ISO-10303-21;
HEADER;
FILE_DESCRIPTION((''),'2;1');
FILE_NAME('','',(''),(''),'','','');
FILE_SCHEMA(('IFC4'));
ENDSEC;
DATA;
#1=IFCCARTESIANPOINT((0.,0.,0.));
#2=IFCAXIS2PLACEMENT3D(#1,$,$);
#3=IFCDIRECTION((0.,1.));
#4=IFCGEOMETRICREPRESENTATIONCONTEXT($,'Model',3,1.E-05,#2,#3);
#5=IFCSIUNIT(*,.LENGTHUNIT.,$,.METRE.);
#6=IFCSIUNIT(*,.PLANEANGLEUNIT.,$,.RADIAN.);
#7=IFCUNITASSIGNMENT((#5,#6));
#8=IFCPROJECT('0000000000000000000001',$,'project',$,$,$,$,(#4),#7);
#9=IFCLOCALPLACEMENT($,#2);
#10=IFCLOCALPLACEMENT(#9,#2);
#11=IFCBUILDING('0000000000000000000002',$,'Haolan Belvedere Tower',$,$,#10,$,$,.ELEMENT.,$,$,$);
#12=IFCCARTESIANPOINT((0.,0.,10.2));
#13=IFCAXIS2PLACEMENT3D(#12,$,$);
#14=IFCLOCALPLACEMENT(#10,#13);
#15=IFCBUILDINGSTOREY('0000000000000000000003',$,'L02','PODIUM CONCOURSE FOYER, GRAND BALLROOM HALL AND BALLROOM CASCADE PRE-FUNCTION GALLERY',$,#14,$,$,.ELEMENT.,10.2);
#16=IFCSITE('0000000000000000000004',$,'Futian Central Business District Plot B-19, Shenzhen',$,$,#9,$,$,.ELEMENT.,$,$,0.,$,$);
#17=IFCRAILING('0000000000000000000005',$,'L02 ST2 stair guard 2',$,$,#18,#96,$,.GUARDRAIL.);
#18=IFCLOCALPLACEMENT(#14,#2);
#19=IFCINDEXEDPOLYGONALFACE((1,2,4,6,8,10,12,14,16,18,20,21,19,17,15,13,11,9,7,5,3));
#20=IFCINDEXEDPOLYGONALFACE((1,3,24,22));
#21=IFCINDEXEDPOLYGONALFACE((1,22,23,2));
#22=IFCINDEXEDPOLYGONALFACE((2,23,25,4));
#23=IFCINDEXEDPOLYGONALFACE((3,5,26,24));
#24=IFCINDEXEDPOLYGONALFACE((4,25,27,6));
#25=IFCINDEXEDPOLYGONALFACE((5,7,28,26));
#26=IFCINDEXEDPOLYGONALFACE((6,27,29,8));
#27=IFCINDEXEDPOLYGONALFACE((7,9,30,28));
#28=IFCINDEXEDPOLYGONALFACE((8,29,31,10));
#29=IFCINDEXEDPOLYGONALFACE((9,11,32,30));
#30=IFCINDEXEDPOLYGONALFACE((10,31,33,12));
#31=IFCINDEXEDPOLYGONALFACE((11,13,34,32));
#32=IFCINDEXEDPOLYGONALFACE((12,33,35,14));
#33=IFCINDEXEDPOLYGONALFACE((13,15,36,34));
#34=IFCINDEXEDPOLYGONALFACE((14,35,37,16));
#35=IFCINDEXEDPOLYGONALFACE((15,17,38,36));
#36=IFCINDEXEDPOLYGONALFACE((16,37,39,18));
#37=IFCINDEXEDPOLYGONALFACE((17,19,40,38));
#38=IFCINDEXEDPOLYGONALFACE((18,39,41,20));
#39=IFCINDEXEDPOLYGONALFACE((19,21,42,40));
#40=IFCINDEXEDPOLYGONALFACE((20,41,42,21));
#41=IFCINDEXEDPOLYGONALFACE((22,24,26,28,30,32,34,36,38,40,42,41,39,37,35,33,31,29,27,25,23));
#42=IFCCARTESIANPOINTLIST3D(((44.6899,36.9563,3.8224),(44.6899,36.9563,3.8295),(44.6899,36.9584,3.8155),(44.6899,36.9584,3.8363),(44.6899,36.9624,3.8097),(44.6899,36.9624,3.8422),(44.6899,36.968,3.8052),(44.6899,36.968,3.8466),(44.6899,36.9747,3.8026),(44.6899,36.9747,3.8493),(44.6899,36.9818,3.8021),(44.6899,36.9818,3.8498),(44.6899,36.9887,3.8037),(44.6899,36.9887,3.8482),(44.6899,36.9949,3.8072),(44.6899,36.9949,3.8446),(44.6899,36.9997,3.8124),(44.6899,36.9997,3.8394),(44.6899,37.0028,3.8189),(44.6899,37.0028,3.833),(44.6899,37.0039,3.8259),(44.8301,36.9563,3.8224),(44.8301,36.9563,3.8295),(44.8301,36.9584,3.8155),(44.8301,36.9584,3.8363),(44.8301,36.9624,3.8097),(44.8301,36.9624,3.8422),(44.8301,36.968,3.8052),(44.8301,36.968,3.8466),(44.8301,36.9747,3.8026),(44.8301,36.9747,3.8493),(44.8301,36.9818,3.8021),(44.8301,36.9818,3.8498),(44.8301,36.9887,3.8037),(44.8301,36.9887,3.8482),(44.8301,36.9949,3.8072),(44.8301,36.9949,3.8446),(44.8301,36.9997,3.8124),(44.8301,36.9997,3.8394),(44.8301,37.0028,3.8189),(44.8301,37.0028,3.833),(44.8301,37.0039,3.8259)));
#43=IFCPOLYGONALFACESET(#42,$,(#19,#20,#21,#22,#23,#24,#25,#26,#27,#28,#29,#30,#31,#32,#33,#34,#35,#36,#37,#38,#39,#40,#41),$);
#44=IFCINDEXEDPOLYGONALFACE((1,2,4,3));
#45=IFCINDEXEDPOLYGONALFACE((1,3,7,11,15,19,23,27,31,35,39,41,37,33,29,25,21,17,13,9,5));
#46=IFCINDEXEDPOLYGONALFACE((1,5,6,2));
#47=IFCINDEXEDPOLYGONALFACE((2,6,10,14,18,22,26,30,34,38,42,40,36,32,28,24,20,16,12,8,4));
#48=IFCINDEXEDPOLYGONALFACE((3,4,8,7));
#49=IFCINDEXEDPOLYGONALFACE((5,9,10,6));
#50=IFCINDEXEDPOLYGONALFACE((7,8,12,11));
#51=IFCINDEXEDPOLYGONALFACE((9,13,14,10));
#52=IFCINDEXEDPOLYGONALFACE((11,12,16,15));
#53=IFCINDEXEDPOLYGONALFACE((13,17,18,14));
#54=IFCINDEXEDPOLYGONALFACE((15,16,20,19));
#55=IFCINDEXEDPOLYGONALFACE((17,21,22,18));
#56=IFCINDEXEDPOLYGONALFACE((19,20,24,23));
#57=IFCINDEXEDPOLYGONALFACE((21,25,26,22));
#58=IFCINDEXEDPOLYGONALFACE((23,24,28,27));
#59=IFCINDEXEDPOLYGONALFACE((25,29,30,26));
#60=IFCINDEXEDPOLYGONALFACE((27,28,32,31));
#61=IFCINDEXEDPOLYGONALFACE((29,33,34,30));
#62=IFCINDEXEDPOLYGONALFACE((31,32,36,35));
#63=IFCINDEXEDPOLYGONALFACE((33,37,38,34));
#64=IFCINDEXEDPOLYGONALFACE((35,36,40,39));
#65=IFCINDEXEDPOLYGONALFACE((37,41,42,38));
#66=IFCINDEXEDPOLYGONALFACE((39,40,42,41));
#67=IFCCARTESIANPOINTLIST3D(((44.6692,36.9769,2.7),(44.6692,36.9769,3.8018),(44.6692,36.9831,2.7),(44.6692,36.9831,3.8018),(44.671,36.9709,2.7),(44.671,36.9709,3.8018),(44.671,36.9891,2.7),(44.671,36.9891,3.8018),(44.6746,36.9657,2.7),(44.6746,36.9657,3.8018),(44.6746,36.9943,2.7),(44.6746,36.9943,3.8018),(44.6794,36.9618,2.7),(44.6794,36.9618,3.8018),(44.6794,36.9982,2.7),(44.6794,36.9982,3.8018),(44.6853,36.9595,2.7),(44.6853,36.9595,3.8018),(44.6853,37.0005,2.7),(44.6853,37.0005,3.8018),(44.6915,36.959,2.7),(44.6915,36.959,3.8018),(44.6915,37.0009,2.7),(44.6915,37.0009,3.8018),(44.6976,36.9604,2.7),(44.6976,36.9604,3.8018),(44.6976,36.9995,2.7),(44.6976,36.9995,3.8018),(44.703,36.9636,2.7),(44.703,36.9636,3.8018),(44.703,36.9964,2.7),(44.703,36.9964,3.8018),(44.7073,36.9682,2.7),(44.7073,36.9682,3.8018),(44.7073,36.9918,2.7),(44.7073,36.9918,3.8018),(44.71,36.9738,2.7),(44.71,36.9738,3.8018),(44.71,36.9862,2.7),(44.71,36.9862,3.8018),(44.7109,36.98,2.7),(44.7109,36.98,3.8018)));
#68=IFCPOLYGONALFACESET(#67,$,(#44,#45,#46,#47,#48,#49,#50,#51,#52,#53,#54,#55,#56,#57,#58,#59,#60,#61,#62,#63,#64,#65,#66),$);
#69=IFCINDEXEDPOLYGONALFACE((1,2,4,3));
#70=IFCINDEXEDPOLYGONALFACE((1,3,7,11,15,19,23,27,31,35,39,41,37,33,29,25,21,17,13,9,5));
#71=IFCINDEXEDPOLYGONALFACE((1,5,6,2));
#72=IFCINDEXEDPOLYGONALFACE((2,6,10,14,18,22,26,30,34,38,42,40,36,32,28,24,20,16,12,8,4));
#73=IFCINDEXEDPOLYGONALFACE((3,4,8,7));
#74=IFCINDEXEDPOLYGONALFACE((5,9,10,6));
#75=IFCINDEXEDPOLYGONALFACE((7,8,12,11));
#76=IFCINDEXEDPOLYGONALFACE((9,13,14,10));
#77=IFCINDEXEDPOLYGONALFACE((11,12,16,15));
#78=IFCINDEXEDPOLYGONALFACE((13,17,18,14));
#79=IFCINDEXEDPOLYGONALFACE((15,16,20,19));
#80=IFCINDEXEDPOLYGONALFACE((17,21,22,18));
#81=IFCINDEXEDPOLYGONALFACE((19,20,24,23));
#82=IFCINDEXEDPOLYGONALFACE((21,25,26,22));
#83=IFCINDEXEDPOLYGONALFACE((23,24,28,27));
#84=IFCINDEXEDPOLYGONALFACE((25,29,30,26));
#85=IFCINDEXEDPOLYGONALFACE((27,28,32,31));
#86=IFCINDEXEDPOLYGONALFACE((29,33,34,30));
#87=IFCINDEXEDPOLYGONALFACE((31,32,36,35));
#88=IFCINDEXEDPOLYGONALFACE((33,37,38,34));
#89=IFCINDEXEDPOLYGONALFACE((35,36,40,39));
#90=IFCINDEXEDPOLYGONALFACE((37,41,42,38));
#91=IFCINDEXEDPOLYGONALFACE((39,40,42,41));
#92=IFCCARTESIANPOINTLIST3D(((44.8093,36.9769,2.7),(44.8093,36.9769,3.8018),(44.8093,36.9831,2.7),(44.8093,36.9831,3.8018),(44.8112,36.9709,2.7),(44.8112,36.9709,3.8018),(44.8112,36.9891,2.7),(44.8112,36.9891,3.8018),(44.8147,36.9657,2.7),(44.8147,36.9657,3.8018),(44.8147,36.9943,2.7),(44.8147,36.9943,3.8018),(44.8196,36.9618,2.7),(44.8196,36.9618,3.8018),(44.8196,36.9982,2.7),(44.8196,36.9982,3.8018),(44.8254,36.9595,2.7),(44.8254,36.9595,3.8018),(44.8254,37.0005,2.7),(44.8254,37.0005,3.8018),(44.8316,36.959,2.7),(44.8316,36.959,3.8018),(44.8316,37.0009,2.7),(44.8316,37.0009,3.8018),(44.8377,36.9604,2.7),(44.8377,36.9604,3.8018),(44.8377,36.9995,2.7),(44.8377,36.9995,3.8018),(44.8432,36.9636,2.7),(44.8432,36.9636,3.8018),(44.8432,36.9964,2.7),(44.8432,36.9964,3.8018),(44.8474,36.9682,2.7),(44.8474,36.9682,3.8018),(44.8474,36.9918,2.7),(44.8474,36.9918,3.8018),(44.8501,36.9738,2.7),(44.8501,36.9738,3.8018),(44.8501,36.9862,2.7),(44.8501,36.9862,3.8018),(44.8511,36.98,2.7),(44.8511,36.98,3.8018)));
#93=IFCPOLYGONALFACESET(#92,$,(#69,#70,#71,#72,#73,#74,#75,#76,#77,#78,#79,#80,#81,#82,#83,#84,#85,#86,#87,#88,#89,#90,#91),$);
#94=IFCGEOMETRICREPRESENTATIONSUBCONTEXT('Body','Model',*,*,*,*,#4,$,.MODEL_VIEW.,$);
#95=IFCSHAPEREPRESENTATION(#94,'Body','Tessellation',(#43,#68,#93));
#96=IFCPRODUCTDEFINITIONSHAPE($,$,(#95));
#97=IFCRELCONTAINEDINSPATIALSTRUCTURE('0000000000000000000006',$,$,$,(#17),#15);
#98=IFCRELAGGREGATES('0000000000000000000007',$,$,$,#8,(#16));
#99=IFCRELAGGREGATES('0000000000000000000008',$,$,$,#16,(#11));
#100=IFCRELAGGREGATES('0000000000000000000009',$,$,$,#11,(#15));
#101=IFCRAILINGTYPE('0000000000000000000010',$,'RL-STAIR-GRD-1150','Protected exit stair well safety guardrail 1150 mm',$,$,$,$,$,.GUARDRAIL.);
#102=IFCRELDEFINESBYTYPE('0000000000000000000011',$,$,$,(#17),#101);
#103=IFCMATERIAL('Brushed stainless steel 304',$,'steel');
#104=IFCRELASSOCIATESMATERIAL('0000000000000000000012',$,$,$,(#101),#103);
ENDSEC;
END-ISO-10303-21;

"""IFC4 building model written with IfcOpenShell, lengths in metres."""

from ifc_helpers import new_model, si_unit, direction, frame, origin, origin_2d, place, context, subcontext, project, spatial, circle, extrude, material, type_object, element, save


model = new_model("IFC4")

# Units and contexts
model_context = context("Model", 3, precision=1e-05, world=origin(), true_north=direction((0.0, 1.0)))
body_context = subcontext(model_context, "Body", "Model", "MODEL_VIEW")
ifc_project = project(units=[si_unit("LENGTHUNIT", "METRE"), si_unit("PLANEANGLEUNIT", "RADIAN")], contexts=[model_context])

# Site, building, storey
site_placement = place(None, origin())
site = spatial("IfcSite", under=ifc_project, at=site_placement, Name="Futian Central Business District Plot B-19, Shenzhen", CompositionType="ELEMENT", RefElevation=0.0)
building_placement = place(site_placement, origin())
building = spatial("IfcBuilding", under=site, at=building_placement, Name="Haolan Belvedere Tower", CompositionType="ELEMENT")
storey_placement = place(building_placement, frame((0.0, 0.0, 10.2)))
storey = spatial("IfcBuildingStorey", under=building, at=storey_placement, Name="L02", Description="PODIUM CONCOURSE FOYER, GRAND BALLROOM HALL AND BALLROOM CASCADE PRE-FUNCTION GALLERY", CompositionType="ELEMENT", Elevation=10.2)

# Railing
ifc_material_1 = material(Name="Brushed stainless steel 304", Category="steel")
railing_type_1 = type_object("IfcRailingType", Name="RL-STAIR-GRD-1150", Description="Protected exit stair well safety guardrail 1150 mm", PredefinedType="GUARDRAIL", material=ifc_material_1)
railing_1_placement = place(storey_placement, frame((44.6899, 36.98, 2.7)))
element("IfcRailing", 1, at=railing_1_placement, inside=storey, type_object=railing_type_1, Name="L02 ST2 stair guard 2", PredefinedType="GUARDRAIL", context=body_context, shape_type="SweptSolid", body=[
    extrude(circle(Radius=0.0239, at=origin_2d()), frame((0.0, 0.0, 1.126), z_axis=(1.0, 0.0, 0.0), x_axis=(0.0, 1.0, 0.0)), (0.0, 0.0, 1.0), 0.1401),
    extrude(circle(Radius=0.021, at=origin_2d()), origin(), (0.0, 0.0, 1.0), 1.1018),
    extrude(circle(Radius=0.021, at=origin_2d()), frame((0.1401, 0.0, 0.0)), (0.0, 0.0, 1.0), 1.1018),
])

save(model, "model.ifc")
